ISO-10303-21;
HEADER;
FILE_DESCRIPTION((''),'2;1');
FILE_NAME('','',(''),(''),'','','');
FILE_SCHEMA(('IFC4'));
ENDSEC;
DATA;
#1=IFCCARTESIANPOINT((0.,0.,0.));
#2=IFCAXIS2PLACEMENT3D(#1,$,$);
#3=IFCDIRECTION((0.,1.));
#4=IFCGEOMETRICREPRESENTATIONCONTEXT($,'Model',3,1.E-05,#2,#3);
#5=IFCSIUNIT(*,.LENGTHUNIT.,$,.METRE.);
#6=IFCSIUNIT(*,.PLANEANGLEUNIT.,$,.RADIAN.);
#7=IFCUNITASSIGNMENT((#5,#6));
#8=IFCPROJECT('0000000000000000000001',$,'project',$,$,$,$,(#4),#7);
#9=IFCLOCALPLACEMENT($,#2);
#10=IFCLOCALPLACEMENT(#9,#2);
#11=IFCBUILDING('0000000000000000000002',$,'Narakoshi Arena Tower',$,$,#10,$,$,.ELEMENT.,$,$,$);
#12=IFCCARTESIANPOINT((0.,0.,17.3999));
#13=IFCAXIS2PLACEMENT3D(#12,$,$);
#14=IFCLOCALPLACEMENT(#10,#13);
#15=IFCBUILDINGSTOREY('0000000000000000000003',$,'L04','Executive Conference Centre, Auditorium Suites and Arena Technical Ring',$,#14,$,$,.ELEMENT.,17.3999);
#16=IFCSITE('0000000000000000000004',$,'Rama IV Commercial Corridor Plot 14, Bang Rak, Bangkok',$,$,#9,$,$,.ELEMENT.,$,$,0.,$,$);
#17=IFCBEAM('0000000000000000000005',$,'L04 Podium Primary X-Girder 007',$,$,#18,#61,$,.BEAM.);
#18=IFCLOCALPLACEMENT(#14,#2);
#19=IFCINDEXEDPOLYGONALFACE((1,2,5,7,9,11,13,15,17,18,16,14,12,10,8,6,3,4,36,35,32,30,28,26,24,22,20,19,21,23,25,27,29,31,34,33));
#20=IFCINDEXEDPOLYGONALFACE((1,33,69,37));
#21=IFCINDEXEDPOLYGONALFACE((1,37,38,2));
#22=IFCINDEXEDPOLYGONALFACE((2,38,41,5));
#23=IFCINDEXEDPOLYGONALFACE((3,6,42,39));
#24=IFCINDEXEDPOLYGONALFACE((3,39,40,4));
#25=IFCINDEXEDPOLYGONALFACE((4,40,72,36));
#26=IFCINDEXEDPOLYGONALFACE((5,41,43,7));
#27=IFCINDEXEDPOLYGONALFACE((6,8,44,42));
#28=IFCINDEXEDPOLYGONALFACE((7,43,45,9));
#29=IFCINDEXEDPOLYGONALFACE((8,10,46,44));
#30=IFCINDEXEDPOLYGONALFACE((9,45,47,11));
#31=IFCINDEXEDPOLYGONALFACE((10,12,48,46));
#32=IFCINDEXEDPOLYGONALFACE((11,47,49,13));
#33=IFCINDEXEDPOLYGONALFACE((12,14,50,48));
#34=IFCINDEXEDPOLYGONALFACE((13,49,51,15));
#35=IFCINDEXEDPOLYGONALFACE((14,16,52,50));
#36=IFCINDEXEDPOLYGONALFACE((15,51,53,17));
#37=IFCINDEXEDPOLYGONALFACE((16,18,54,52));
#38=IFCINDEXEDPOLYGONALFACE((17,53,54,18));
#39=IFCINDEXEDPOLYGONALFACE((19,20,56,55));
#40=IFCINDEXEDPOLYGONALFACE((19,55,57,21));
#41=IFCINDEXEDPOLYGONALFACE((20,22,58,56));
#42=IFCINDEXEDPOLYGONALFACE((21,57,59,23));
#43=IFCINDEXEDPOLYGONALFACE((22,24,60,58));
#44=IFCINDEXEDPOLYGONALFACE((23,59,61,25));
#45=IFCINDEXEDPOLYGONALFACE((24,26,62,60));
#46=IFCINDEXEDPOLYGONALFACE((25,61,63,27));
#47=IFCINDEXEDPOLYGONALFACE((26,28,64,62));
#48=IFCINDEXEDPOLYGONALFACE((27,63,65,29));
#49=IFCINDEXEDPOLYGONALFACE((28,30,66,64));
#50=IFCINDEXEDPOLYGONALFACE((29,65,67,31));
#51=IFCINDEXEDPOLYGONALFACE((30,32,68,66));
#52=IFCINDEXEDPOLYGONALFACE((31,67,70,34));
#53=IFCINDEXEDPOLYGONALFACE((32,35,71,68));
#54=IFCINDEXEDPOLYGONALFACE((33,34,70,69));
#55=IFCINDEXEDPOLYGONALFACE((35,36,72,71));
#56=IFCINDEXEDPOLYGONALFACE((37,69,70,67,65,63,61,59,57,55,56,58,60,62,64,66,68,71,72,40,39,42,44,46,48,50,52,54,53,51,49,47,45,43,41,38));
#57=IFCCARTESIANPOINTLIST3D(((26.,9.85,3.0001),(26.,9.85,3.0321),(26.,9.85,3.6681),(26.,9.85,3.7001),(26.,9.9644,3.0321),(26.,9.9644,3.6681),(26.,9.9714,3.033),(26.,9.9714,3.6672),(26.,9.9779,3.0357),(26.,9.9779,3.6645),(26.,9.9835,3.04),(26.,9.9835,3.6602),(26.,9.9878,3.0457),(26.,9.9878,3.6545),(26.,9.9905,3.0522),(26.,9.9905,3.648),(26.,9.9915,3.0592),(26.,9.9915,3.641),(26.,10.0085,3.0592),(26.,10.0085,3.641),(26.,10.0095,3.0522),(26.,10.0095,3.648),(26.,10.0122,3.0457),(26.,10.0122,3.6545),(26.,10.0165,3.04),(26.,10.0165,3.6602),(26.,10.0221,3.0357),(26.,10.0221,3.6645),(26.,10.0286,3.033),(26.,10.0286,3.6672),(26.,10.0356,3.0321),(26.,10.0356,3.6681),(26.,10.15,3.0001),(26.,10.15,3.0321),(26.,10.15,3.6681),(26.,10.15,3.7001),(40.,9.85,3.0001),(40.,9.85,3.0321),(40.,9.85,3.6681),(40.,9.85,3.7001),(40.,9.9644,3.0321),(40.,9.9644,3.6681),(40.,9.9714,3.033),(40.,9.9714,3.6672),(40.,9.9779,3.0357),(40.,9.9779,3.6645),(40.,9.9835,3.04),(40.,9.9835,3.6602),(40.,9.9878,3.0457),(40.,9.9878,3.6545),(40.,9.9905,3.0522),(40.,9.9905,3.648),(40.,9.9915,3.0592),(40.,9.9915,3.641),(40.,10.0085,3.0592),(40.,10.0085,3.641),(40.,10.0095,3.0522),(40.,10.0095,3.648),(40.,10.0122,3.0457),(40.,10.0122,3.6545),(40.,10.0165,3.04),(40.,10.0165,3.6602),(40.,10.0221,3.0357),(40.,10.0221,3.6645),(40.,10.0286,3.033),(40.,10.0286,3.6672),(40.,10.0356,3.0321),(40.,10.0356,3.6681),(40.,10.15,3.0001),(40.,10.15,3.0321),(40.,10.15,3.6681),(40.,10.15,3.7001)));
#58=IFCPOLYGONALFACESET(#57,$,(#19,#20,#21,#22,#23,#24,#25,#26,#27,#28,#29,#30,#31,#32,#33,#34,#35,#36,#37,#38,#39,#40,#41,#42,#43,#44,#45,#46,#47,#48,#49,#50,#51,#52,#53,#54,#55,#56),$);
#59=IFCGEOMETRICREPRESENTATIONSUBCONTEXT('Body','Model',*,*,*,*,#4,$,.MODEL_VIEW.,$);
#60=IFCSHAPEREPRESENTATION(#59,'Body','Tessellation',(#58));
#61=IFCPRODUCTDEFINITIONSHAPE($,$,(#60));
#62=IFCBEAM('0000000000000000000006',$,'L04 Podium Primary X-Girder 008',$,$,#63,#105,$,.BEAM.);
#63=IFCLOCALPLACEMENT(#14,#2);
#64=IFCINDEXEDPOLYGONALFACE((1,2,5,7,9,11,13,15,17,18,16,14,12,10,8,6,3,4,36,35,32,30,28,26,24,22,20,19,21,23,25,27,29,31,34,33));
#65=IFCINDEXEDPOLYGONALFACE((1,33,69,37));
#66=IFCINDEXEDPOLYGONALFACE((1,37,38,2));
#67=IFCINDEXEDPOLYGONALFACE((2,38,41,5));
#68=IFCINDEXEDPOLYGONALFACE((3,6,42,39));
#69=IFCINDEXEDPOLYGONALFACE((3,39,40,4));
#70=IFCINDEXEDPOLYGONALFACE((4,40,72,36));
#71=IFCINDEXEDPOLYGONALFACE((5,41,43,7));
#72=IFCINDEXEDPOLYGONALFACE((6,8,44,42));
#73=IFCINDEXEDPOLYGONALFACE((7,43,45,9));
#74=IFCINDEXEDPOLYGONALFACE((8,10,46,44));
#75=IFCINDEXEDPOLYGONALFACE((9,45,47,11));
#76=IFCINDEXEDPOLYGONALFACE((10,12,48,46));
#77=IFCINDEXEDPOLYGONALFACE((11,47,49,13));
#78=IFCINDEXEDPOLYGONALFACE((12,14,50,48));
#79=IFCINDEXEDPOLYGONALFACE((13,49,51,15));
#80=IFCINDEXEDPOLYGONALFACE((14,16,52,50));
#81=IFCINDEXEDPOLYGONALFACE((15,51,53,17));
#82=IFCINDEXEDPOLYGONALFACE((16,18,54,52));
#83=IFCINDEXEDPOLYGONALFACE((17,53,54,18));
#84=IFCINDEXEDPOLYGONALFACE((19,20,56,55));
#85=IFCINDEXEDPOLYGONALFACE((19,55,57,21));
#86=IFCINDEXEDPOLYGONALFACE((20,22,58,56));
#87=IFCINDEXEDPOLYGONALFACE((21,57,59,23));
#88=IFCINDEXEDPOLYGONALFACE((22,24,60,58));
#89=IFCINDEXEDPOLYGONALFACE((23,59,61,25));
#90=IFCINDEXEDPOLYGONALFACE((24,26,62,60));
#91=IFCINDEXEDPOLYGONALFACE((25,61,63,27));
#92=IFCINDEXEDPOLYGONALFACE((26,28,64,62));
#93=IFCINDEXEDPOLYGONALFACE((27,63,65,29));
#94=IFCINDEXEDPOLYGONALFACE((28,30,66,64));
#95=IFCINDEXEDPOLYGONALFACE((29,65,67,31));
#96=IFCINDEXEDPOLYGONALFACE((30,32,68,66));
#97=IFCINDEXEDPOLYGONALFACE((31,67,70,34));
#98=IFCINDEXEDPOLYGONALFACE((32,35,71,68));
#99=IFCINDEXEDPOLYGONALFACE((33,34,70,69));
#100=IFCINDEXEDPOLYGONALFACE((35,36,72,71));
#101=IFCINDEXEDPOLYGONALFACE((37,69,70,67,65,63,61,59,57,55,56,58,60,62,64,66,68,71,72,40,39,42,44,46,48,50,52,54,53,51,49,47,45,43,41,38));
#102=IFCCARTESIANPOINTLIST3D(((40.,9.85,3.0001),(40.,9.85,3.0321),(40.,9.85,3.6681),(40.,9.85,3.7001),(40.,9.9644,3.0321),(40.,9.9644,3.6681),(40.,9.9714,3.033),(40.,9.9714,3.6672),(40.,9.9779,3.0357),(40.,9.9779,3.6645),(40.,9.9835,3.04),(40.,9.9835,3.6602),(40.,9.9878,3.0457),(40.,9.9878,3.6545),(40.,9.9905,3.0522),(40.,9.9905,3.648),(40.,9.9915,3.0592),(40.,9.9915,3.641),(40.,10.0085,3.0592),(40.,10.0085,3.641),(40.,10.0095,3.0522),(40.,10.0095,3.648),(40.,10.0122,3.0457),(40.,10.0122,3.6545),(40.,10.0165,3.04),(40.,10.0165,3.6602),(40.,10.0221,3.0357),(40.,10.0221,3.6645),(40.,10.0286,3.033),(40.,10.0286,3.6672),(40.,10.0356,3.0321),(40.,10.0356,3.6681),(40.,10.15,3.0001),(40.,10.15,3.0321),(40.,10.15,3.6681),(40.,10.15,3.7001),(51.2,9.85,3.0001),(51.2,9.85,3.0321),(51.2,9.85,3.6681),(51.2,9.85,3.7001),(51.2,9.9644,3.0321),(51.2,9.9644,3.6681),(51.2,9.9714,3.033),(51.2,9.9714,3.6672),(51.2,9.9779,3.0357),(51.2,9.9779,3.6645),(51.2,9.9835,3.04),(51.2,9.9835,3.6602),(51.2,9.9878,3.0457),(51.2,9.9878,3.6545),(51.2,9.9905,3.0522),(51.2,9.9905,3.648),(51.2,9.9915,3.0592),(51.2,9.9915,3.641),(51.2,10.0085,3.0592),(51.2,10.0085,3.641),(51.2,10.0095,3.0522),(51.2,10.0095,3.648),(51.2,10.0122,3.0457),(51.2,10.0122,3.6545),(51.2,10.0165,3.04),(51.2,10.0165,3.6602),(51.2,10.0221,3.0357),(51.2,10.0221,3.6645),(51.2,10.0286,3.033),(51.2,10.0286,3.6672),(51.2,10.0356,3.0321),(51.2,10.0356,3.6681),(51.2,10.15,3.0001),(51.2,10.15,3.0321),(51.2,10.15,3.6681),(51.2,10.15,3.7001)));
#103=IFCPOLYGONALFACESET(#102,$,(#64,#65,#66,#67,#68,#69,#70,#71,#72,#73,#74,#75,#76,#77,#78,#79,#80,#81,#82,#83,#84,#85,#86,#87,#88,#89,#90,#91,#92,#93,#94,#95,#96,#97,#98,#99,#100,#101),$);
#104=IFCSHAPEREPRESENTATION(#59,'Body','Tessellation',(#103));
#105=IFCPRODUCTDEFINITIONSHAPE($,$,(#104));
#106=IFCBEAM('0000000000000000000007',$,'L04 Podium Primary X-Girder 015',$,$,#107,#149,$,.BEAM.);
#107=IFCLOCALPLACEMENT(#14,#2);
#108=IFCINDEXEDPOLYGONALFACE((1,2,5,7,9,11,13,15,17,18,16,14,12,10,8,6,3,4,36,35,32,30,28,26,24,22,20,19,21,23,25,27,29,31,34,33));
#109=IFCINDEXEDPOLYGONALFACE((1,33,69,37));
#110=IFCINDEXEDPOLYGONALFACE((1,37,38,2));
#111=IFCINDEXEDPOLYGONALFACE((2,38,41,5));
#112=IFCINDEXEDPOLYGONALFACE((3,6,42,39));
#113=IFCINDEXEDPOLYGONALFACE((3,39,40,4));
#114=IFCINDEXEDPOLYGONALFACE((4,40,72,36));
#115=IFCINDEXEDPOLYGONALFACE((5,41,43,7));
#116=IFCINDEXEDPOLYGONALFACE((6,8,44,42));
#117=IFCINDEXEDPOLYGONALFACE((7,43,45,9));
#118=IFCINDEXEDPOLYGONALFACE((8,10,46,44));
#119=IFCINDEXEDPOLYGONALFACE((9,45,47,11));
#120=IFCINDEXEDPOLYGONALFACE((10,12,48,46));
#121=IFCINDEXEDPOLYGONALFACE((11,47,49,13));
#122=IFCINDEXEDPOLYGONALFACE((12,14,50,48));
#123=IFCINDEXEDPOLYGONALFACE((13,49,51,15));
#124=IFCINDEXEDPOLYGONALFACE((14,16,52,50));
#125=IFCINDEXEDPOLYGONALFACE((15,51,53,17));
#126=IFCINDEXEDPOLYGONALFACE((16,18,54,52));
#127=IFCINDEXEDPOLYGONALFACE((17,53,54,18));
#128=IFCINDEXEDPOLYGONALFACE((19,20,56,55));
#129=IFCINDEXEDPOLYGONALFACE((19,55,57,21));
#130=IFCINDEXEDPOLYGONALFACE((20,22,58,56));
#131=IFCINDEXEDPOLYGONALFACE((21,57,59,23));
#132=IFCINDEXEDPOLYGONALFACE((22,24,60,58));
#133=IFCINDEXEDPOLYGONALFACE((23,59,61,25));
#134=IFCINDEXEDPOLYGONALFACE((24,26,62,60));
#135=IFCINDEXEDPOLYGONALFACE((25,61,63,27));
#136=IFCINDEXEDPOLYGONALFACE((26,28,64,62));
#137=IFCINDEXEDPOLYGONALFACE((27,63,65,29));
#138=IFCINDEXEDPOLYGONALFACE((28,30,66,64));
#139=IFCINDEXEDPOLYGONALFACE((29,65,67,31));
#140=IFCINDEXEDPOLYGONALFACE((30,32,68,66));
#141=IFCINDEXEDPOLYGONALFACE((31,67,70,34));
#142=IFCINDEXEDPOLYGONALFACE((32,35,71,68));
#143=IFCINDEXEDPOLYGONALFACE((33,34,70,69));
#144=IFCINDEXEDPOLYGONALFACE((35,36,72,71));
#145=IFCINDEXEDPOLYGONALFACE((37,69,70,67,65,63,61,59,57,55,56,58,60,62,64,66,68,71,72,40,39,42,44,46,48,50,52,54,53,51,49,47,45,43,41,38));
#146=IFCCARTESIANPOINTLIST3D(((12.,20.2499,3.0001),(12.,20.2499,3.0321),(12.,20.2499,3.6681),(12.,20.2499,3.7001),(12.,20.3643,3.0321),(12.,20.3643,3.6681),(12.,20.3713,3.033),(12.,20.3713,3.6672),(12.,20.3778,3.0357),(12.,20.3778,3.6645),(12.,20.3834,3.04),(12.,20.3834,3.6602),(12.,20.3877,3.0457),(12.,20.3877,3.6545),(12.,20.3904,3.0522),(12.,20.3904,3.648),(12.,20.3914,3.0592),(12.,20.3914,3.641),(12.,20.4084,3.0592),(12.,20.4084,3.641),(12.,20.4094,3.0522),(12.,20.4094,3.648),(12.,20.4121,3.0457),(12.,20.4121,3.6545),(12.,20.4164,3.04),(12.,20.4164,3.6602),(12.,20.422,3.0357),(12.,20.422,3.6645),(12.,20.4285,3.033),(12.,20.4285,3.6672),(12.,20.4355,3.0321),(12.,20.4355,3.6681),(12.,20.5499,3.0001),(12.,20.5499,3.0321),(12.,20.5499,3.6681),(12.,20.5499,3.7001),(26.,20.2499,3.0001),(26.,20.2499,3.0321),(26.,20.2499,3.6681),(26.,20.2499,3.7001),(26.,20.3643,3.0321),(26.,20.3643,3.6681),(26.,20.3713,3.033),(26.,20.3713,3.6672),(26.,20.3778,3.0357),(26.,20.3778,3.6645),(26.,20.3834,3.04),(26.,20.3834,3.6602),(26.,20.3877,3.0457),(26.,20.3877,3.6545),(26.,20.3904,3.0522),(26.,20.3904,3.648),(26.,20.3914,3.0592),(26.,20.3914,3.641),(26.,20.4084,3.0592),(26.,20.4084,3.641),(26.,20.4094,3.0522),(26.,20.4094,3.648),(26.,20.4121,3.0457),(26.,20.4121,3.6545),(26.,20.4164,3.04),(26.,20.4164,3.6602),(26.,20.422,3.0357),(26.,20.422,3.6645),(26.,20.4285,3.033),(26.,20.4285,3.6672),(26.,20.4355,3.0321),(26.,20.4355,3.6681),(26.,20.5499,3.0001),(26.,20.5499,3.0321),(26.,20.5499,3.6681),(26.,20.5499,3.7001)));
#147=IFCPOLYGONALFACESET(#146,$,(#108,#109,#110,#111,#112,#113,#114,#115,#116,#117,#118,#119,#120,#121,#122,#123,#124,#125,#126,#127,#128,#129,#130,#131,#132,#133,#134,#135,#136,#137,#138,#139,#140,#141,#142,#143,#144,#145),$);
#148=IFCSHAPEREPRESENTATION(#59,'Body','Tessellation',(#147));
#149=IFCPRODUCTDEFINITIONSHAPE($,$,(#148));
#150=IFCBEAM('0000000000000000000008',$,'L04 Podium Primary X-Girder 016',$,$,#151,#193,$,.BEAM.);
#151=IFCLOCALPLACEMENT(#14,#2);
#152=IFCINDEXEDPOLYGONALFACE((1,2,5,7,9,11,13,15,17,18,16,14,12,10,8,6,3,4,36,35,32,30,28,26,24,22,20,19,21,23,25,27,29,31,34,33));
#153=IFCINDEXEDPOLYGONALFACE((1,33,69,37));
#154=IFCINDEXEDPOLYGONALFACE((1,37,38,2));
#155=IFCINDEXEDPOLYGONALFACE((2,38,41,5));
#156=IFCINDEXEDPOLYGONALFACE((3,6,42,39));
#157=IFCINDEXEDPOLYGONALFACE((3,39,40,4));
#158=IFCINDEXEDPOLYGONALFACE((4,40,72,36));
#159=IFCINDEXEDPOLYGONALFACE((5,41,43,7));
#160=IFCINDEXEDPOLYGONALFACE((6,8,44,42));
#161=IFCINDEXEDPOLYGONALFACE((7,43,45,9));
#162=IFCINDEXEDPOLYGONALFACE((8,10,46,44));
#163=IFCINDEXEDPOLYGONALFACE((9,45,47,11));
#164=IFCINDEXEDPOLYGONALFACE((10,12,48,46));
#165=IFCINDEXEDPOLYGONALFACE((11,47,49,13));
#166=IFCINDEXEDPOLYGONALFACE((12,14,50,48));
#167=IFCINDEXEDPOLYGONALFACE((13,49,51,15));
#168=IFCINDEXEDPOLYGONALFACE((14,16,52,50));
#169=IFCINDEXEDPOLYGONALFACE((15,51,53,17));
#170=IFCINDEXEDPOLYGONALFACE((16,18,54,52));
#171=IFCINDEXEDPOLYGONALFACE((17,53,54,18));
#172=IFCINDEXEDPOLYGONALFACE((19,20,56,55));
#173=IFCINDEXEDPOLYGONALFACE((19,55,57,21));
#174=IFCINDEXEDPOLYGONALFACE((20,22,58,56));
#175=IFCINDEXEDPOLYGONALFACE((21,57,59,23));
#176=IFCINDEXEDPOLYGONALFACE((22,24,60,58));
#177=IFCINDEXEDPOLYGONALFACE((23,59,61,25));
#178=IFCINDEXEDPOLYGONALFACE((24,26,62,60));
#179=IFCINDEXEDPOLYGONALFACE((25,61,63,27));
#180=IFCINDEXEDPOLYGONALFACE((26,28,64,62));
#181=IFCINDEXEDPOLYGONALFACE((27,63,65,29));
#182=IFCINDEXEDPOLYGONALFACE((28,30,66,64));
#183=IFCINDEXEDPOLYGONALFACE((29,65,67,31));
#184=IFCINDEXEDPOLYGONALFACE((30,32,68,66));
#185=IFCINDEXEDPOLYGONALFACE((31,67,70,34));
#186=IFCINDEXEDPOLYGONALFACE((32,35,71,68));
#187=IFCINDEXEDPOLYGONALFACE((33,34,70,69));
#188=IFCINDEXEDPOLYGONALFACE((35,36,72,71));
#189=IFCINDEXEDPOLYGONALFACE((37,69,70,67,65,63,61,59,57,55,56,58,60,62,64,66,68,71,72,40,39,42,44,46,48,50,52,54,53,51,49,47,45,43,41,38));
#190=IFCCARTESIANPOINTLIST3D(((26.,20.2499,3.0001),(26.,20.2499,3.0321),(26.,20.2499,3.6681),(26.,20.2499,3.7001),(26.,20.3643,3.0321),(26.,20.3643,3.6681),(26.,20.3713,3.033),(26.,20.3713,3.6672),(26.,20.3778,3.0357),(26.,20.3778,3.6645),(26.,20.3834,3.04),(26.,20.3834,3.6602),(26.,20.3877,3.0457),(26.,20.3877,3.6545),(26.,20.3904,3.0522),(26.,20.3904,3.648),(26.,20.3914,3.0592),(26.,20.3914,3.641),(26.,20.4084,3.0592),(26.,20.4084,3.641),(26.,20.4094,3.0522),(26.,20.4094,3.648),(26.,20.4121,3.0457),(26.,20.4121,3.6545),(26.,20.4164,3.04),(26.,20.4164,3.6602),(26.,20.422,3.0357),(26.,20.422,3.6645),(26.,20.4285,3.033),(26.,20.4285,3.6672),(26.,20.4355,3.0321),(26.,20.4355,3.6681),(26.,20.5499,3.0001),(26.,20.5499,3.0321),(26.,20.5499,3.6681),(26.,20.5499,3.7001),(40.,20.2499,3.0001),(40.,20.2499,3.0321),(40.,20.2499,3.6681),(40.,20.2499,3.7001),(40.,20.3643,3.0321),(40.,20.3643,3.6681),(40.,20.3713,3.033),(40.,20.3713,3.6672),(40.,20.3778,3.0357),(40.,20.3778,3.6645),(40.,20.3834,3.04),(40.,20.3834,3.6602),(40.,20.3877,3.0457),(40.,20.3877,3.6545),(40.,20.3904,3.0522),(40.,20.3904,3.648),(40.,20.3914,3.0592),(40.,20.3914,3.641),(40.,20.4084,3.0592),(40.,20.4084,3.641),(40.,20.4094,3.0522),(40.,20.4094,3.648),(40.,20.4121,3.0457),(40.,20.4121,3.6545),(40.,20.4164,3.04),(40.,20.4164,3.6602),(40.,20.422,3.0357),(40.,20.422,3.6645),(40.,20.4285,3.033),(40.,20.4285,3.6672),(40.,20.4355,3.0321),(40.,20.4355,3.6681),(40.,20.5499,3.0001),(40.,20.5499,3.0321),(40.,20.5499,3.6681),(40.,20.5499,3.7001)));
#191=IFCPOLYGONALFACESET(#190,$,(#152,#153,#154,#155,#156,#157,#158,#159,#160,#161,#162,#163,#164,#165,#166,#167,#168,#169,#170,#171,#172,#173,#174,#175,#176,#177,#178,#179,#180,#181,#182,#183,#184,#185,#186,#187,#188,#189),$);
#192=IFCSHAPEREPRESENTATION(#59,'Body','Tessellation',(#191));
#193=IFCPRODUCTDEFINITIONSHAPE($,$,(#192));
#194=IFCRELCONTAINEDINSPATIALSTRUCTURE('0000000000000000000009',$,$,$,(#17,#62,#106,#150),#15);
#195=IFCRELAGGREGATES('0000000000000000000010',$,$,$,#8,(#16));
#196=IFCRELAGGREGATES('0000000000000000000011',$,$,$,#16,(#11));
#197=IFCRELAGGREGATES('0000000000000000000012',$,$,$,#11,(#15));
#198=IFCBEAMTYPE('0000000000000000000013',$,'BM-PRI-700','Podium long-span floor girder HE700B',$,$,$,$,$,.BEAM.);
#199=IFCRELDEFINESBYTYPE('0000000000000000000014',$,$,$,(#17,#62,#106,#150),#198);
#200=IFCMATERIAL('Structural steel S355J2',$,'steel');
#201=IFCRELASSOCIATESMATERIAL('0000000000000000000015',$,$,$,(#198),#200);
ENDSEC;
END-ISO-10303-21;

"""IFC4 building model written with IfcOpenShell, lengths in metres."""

from ifc_helpers import new_model, si_unit, direction, frame, origin, origin_2d, place, context, subcontext, project, spatial, i_section, extrude, material, material_profile, profile_set, type_object, element, save


model = new_model("IFC4")

# Units and contexts
model_context = context("Model", 3, precision=1e-05, world=origin(), true_north=direction((0.0, 1.0)))
body_context = subcontext(model_context, "Body", "Model", "MODEL_VIEW")
ifc_project = project(units=[si_unit("LENGTHUNIT", "METRE"), si_unit("PLANEANGLEUNIT", "RADIAN")], contexts=[model_context])

# Site, building, storey
site_placement = place(None, origin())
site = spatial("IfcSite", under=ifc_project, at=site_placement, Name="Rama IV Commercial Corridor Plot 14, Bang Rak, Bangkok", CompositionType="ELEMENT", RefElevation=0.0)
building_placement = place(site_placement, origin())
building = spatial("IfcBuilding", under=site, at=building_placement, Name="Narakoshi Arena Tower", CompositionType="ELEMENT")
storey_placement = place(building_placement, frame((0.0, 0.0, 17.3999)))
storey = spatial("IfcBuildingStorey", under=building, at=storey_placement, Name="L04", Description="Executive Conference Centre, Auditorium Suites and Arena Technical Ring", CompositionType="ELEMENT", Elevation=17.3999)

# Shared definitions
ifc_material_1 = material(Name="Structural steel S355J2", Category="steel")

# Beams
ifc_material_profile_1 = material_profile(ifc_material_1, i_section(OverallWidth=0.3, OverallDepth=0.7, WebThickness=0.0171, FlangeThickness=0.032, FilletRadius=0.0271, at=origin_2d()), Name="HE700B")
ifc_profile_set_1 = profile_set([ifc_material_profile_1], Name="Structural steel S355J2")
beam_type_1 = type_object("IfcBeamType", Name="BM-PRI-700", Description="Podium long-span floor girder HE700B", PredefinedType="BEAM", material=ifc_profile_set_1)
beam_1_placement = place(storey_placement, frame((26.0, 10.0, 3.3501), z_axis=(1.0, 0.0, 0.0), x_axis=(0.0, 1.0, 0.0)))
element("IfcBeam", 1, at=beam_1_placement, inside=storey, type_object=beam_type_1, Name="L04 Podium Primary X-Girder 007", PredefinedType="BEAM", context=body_context, shape_type="SweptSolid", body=[
    extrude(i_section(OverallWidth=0.3, OverallDepth=0.7, WebThickness=0.0171, FlangeThickness=0.032, FilletRadius=0.0271, at=origin_2d()), origin(), (0.0, 0.0, 1.0), 14.0),
])
beam_2_placement = place(storey_placement, frame((40.0, 10.0, 3.3501), z_axis=(1.0, 0.0, 0.0), x_axis=(0.0, 1.0, 0.0)))
element("IfcBeam", 2, at=beam_2_placement, inside=storey, type_object=beam_type_1, Name="L04 Podium Primary X-Girder 008", PredefinedType="BEAM", context=body_context, shape_type="SweptSolid", body=[
    extrude(i_section(OverallWidth=0.3, OverallDepth=0.7, WebThickness=0.0171, FlangeThickness=0.032, FilletRadius=0.0271, at=origin_2d()), origin(), (0.0, 0.0, 1.0), 11.2),
])
for number, where, z_axis, x_axis, name in (
    (3, (12.0, 20.3999, 3.3501), (1.0, 0.0, 0.0), (0.0, 1.0, 0.0), "L04 Podium Primary X-Girder 015"),
    (4, (26.0, 20.3999, 3.3501), (1.0, 0.0, 0.0), (0.0, 1.0, 0.0), "L04 Podium Primary X-Girder 016"),
):
    element("IfcBeam", number, at=place(storey_placement, frame(where, z_axis=z_axis, x_axis=x_axis)), inside=storey, type_object=beam_type_1, Name=name, PredefinedType="BEAM", context=body_context, shape_type="SweptSolid", body=[
        extrude(i_section(OverallWidth=0.3, OverallDepth=0.7, WebThickness=0.0171, FlangeThickness=0.032, FilletRadius=0.0271, at=origin_2d()), origin(), (0.0, 0.0, 1.0), 14.0),
    ])

save(model, "model.ifc")
